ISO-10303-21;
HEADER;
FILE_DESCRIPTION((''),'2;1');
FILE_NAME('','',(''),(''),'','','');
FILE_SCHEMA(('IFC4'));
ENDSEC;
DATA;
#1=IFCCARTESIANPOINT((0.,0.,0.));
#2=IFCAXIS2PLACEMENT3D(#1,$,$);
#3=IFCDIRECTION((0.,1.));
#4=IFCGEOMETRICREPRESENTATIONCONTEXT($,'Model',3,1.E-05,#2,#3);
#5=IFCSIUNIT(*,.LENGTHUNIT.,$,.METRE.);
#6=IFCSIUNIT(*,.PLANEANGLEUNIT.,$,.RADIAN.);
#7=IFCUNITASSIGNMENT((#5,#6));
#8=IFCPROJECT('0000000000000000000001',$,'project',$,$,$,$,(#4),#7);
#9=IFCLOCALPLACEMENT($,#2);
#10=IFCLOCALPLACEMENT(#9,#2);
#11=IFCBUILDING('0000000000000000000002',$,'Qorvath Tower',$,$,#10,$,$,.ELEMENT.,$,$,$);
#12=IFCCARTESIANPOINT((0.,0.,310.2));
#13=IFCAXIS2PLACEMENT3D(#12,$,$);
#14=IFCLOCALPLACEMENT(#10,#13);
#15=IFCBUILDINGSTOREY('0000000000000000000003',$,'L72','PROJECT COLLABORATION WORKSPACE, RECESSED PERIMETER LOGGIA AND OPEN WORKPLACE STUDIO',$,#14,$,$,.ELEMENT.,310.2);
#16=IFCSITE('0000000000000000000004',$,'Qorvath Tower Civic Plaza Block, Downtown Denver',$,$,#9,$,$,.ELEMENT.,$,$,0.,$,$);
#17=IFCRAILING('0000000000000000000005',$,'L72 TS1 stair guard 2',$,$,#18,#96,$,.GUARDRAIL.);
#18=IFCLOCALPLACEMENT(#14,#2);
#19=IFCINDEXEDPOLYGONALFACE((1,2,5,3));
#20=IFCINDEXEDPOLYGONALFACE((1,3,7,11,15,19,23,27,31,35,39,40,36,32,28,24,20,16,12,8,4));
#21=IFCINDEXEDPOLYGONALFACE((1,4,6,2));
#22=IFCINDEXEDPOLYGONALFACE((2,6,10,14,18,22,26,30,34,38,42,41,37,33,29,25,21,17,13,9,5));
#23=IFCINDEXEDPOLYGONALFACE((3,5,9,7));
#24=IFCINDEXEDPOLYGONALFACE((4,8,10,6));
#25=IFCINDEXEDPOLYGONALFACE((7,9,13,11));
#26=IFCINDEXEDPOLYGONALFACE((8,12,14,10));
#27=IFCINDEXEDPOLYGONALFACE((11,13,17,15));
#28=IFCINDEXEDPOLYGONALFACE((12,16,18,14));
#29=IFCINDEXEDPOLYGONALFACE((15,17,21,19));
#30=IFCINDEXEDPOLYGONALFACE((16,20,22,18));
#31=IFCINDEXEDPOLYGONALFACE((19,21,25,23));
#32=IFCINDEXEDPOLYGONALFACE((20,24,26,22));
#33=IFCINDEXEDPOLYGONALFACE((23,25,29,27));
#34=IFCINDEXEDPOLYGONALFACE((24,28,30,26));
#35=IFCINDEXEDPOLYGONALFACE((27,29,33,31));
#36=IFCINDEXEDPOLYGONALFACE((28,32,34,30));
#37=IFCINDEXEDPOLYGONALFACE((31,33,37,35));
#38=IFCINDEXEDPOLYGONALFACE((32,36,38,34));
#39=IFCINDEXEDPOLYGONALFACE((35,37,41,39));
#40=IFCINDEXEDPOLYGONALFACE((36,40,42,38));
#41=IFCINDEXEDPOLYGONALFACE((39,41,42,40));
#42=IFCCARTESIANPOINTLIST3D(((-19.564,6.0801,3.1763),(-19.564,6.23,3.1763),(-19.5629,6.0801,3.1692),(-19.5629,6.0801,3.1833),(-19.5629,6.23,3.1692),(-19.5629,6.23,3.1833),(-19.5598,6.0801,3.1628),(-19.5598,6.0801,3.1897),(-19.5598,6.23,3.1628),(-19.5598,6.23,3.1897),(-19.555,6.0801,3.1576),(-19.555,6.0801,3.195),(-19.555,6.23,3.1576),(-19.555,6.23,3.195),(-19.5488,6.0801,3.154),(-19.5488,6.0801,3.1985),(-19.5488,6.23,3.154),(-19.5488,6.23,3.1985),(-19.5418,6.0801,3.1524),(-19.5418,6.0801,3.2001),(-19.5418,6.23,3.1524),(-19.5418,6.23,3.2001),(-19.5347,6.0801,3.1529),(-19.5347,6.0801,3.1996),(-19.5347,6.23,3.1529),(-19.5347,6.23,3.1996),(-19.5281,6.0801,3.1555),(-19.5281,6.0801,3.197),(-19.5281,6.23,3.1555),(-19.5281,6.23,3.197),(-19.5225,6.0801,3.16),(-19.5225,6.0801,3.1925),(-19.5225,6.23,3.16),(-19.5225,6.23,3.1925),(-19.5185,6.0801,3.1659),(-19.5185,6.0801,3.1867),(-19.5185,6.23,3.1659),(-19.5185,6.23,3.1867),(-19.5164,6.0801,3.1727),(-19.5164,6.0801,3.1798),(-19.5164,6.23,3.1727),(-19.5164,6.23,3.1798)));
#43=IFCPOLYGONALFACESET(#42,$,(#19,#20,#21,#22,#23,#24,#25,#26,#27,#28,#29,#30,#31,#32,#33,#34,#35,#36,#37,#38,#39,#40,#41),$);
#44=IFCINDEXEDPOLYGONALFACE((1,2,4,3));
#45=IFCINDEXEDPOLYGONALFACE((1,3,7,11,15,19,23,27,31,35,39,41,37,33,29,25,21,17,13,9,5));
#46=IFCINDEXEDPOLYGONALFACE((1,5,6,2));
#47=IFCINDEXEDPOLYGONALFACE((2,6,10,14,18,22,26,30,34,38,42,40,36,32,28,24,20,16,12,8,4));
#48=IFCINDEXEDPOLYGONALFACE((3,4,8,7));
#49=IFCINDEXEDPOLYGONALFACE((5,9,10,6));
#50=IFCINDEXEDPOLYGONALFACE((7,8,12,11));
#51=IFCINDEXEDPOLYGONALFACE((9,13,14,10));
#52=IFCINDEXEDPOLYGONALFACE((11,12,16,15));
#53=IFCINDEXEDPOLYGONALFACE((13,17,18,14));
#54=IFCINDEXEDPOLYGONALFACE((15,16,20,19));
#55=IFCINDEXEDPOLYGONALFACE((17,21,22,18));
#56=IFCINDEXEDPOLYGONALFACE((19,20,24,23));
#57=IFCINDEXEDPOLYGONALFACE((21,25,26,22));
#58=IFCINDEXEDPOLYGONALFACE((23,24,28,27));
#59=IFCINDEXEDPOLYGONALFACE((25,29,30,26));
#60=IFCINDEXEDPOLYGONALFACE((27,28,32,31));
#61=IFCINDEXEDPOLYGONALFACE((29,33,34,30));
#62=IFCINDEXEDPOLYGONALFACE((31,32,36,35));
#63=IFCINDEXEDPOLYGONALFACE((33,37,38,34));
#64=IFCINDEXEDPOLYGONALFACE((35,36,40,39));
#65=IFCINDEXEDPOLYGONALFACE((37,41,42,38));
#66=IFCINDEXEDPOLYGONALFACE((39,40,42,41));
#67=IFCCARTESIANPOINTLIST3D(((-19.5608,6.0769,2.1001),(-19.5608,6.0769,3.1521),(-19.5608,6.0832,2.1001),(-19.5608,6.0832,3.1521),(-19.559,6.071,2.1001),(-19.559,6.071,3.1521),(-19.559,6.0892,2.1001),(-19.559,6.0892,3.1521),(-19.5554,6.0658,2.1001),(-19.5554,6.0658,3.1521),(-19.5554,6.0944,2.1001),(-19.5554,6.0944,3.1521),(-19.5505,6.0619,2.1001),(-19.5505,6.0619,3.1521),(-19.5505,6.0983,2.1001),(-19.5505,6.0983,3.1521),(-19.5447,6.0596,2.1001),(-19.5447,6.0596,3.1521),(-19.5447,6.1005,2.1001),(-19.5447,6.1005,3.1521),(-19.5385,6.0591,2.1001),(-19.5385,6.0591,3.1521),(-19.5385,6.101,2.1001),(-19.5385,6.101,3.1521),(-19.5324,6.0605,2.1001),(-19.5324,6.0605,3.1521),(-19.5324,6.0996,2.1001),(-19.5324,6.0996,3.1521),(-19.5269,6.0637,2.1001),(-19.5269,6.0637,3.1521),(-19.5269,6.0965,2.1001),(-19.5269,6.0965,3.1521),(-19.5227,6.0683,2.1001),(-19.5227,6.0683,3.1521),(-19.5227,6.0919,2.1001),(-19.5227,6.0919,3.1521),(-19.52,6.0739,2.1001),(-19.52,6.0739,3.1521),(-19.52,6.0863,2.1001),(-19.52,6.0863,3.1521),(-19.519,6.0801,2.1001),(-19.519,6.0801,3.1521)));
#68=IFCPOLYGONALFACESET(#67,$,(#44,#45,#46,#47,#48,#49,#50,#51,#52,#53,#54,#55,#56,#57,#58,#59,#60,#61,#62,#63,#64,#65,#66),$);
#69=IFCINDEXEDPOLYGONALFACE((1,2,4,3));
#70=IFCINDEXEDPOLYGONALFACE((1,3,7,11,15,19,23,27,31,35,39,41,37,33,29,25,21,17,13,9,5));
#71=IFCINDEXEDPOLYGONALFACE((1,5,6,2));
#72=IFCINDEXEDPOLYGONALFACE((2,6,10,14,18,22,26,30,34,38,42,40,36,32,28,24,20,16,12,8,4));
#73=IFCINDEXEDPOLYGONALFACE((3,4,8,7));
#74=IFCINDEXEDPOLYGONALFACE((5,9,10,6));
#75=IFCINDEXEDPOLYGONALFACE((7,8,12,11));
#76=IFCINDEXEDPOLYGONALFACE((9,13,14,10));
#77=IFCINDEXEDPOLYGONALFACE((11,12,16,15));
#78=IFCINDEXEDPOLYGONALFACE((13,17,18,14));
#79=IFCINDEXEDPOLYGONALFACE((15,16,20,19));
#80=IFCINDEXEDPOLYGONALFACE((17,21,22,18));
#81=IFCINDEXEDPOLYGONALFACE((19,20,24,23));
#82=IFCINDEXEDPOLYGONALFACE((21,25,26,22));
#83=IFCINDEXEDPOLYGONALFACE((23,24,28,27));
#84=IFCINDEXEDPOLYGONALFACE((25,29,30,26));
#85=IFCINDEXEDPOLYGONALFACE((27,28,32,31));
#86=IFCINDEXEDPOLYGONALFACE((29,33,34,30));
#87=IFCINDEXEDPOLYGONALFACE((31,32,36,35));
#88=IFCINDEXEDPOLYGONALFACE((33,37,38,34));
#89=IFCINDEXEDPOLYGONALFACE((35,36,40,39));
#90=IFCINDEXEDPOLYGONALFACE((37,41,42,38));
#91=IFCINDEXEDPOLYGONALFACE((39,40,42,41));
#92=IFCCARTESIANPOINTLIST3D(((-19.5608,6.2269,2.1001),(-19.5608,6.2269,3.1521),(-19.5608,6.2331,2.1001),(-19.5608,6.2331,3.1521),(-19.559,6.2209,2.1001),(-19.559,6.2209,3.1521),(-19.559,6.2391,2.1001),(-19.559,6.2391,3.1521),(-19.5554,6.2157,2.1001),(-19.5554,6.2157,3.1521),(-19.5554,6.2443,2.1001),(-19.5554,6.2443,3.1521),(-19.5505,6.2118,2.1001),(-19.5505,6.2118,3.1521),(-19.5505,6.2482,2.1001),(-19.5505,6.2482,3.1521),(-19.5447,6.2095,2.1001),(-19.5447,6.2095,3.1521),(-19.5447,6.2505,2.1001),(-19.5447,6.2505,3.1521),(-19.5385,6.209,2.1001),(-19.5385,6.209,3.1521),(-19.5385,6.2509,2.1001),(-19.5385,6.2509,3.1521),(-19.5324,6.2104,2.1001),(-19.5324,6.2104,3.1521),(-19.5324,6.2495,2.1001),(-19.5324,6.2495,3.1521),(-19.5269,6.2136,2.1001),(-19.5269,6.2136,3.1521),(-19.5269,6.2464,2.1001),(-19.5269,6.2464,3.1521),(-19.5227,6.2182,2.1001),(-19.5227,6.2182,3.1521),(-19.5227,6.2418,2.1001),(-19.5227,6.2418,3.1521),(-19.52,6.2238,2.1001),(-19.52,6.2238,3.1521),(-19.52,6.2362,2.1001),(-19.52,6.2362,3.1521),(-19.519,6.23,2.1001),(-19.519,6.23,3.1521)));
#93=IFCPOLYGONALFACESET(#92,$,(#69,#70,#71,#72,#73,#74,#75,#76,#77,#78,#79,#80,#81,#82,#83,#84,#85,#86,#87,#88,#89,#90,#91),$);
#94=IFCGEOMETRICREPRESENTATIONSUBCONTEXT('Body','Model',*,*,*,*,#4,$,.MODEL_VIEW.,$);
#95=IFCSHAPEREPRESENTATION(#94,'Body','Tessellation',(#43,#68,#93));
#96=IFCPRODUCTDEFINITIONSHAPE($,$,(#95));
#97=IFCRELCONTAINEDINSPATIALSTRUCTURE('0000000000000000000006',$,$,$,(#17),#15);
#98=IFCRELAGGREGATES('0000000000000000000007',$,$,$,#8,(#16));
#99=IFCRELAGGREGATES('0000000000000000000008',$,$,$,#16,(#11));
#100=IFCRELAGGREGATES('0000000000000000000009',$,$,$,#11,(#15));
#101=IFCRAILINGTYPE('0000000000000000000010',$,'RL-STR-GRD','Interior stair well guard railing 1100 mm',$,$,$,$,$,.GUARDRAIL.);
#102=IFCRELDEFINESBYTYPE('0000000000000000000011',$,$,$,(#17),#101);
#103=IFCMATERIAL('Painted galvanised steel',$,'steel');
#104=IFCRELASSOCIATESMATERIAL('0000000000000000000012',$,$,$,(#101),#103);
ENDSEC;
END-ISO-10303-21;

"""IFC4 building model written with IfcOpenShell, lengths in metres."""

from ifc_helpers import new_model, si_unit, direction, frame, origin, origin_2d, place, context, subcontext, project, spatial, circle, extrude, material, type_object, element, save


model = new_model("IFC4")

# Units and contexts
model_context = context("Model", 3, precision=1e-05, world=origin(), true_north=direction((0.0, 1.0)))
body_context = subcontext(model_context, "Body", "Model", "MODEL_VIEW")
ifc_project = project(units=[si_unit("LENGTHUNIT", "METRE"), si_unit("PLANEANGLEUNIT", "RADIAN")], contexts=[model_context])

# Site, building, storey
site_placement = place(None, origin())
site = spatial("IfcSite", under=ifc_project, at=site_placement, Name="Qorvath Tower Civic Plaza Block, Downtown Denver", CompositionType="ELEMENT", RefElevation=0.0)
building_placement = place(site_placement, origin())
building = spatial("IfcBuilding", under=site, at=building_placement, Name="Qorvath Tower", CompositionType="ELEMENT")
storey_placement = place(building_placement, frame((0.0, 0.0, 310.2)))
storey = spatial("IfcBuildingStorey", under=building, at=storey_placement, Name="L72", Description="PROJECT COLLABORATION WORKSPACE, RECESSED PERIMETER LOGGIA AND OPEN WORKPLACE STUDIO", CompositionType="ELEMENT", Elevation=310.2)

# Railing
ifc_material_1 = material(Name="Painted galvanised steel", Category="steel")
railing_type_1 = type_object("IfcRailingType", Name="RL-STR-GRD", Description="Interior stair well guard railing 1100 mm", PredefinedType="GUARDRAIL", material=ifc_material_1)
railing_1_placement = place(storey_placement, frame((-19.54, 6.0801, 2.1001)))
element("IfcRailing", 1, at=railing_1_placement, inside=storey, type_object=railing_type_1, Name="L72 TS1 stair guard 2", PredefinedType="GUARDRAIL", context=body_context, shape_type="SweptSolid", body=[
    extrude(circle(Radius=0.0239, at=origin_2d()), frame((0.0, 0.0, 1.0762), z_axis=(0.0, 1.0, 0.0), x_axis=(-1.0, 0.0, 0.0)), (0.0, 0.0, 1.0), 0.1499),
    extrude(circle(Radius=0.021, at=origin_2d()), origin(), (0.0, 0.0, 1.0), 1.052),
    extrude(circle(Radius=0.021, at=origin_2d()), frame((0.0, 0.1499, 0.0)), (0.0, 0.0, 1.0), 1.052),
])

save(model, "model.ifc")
